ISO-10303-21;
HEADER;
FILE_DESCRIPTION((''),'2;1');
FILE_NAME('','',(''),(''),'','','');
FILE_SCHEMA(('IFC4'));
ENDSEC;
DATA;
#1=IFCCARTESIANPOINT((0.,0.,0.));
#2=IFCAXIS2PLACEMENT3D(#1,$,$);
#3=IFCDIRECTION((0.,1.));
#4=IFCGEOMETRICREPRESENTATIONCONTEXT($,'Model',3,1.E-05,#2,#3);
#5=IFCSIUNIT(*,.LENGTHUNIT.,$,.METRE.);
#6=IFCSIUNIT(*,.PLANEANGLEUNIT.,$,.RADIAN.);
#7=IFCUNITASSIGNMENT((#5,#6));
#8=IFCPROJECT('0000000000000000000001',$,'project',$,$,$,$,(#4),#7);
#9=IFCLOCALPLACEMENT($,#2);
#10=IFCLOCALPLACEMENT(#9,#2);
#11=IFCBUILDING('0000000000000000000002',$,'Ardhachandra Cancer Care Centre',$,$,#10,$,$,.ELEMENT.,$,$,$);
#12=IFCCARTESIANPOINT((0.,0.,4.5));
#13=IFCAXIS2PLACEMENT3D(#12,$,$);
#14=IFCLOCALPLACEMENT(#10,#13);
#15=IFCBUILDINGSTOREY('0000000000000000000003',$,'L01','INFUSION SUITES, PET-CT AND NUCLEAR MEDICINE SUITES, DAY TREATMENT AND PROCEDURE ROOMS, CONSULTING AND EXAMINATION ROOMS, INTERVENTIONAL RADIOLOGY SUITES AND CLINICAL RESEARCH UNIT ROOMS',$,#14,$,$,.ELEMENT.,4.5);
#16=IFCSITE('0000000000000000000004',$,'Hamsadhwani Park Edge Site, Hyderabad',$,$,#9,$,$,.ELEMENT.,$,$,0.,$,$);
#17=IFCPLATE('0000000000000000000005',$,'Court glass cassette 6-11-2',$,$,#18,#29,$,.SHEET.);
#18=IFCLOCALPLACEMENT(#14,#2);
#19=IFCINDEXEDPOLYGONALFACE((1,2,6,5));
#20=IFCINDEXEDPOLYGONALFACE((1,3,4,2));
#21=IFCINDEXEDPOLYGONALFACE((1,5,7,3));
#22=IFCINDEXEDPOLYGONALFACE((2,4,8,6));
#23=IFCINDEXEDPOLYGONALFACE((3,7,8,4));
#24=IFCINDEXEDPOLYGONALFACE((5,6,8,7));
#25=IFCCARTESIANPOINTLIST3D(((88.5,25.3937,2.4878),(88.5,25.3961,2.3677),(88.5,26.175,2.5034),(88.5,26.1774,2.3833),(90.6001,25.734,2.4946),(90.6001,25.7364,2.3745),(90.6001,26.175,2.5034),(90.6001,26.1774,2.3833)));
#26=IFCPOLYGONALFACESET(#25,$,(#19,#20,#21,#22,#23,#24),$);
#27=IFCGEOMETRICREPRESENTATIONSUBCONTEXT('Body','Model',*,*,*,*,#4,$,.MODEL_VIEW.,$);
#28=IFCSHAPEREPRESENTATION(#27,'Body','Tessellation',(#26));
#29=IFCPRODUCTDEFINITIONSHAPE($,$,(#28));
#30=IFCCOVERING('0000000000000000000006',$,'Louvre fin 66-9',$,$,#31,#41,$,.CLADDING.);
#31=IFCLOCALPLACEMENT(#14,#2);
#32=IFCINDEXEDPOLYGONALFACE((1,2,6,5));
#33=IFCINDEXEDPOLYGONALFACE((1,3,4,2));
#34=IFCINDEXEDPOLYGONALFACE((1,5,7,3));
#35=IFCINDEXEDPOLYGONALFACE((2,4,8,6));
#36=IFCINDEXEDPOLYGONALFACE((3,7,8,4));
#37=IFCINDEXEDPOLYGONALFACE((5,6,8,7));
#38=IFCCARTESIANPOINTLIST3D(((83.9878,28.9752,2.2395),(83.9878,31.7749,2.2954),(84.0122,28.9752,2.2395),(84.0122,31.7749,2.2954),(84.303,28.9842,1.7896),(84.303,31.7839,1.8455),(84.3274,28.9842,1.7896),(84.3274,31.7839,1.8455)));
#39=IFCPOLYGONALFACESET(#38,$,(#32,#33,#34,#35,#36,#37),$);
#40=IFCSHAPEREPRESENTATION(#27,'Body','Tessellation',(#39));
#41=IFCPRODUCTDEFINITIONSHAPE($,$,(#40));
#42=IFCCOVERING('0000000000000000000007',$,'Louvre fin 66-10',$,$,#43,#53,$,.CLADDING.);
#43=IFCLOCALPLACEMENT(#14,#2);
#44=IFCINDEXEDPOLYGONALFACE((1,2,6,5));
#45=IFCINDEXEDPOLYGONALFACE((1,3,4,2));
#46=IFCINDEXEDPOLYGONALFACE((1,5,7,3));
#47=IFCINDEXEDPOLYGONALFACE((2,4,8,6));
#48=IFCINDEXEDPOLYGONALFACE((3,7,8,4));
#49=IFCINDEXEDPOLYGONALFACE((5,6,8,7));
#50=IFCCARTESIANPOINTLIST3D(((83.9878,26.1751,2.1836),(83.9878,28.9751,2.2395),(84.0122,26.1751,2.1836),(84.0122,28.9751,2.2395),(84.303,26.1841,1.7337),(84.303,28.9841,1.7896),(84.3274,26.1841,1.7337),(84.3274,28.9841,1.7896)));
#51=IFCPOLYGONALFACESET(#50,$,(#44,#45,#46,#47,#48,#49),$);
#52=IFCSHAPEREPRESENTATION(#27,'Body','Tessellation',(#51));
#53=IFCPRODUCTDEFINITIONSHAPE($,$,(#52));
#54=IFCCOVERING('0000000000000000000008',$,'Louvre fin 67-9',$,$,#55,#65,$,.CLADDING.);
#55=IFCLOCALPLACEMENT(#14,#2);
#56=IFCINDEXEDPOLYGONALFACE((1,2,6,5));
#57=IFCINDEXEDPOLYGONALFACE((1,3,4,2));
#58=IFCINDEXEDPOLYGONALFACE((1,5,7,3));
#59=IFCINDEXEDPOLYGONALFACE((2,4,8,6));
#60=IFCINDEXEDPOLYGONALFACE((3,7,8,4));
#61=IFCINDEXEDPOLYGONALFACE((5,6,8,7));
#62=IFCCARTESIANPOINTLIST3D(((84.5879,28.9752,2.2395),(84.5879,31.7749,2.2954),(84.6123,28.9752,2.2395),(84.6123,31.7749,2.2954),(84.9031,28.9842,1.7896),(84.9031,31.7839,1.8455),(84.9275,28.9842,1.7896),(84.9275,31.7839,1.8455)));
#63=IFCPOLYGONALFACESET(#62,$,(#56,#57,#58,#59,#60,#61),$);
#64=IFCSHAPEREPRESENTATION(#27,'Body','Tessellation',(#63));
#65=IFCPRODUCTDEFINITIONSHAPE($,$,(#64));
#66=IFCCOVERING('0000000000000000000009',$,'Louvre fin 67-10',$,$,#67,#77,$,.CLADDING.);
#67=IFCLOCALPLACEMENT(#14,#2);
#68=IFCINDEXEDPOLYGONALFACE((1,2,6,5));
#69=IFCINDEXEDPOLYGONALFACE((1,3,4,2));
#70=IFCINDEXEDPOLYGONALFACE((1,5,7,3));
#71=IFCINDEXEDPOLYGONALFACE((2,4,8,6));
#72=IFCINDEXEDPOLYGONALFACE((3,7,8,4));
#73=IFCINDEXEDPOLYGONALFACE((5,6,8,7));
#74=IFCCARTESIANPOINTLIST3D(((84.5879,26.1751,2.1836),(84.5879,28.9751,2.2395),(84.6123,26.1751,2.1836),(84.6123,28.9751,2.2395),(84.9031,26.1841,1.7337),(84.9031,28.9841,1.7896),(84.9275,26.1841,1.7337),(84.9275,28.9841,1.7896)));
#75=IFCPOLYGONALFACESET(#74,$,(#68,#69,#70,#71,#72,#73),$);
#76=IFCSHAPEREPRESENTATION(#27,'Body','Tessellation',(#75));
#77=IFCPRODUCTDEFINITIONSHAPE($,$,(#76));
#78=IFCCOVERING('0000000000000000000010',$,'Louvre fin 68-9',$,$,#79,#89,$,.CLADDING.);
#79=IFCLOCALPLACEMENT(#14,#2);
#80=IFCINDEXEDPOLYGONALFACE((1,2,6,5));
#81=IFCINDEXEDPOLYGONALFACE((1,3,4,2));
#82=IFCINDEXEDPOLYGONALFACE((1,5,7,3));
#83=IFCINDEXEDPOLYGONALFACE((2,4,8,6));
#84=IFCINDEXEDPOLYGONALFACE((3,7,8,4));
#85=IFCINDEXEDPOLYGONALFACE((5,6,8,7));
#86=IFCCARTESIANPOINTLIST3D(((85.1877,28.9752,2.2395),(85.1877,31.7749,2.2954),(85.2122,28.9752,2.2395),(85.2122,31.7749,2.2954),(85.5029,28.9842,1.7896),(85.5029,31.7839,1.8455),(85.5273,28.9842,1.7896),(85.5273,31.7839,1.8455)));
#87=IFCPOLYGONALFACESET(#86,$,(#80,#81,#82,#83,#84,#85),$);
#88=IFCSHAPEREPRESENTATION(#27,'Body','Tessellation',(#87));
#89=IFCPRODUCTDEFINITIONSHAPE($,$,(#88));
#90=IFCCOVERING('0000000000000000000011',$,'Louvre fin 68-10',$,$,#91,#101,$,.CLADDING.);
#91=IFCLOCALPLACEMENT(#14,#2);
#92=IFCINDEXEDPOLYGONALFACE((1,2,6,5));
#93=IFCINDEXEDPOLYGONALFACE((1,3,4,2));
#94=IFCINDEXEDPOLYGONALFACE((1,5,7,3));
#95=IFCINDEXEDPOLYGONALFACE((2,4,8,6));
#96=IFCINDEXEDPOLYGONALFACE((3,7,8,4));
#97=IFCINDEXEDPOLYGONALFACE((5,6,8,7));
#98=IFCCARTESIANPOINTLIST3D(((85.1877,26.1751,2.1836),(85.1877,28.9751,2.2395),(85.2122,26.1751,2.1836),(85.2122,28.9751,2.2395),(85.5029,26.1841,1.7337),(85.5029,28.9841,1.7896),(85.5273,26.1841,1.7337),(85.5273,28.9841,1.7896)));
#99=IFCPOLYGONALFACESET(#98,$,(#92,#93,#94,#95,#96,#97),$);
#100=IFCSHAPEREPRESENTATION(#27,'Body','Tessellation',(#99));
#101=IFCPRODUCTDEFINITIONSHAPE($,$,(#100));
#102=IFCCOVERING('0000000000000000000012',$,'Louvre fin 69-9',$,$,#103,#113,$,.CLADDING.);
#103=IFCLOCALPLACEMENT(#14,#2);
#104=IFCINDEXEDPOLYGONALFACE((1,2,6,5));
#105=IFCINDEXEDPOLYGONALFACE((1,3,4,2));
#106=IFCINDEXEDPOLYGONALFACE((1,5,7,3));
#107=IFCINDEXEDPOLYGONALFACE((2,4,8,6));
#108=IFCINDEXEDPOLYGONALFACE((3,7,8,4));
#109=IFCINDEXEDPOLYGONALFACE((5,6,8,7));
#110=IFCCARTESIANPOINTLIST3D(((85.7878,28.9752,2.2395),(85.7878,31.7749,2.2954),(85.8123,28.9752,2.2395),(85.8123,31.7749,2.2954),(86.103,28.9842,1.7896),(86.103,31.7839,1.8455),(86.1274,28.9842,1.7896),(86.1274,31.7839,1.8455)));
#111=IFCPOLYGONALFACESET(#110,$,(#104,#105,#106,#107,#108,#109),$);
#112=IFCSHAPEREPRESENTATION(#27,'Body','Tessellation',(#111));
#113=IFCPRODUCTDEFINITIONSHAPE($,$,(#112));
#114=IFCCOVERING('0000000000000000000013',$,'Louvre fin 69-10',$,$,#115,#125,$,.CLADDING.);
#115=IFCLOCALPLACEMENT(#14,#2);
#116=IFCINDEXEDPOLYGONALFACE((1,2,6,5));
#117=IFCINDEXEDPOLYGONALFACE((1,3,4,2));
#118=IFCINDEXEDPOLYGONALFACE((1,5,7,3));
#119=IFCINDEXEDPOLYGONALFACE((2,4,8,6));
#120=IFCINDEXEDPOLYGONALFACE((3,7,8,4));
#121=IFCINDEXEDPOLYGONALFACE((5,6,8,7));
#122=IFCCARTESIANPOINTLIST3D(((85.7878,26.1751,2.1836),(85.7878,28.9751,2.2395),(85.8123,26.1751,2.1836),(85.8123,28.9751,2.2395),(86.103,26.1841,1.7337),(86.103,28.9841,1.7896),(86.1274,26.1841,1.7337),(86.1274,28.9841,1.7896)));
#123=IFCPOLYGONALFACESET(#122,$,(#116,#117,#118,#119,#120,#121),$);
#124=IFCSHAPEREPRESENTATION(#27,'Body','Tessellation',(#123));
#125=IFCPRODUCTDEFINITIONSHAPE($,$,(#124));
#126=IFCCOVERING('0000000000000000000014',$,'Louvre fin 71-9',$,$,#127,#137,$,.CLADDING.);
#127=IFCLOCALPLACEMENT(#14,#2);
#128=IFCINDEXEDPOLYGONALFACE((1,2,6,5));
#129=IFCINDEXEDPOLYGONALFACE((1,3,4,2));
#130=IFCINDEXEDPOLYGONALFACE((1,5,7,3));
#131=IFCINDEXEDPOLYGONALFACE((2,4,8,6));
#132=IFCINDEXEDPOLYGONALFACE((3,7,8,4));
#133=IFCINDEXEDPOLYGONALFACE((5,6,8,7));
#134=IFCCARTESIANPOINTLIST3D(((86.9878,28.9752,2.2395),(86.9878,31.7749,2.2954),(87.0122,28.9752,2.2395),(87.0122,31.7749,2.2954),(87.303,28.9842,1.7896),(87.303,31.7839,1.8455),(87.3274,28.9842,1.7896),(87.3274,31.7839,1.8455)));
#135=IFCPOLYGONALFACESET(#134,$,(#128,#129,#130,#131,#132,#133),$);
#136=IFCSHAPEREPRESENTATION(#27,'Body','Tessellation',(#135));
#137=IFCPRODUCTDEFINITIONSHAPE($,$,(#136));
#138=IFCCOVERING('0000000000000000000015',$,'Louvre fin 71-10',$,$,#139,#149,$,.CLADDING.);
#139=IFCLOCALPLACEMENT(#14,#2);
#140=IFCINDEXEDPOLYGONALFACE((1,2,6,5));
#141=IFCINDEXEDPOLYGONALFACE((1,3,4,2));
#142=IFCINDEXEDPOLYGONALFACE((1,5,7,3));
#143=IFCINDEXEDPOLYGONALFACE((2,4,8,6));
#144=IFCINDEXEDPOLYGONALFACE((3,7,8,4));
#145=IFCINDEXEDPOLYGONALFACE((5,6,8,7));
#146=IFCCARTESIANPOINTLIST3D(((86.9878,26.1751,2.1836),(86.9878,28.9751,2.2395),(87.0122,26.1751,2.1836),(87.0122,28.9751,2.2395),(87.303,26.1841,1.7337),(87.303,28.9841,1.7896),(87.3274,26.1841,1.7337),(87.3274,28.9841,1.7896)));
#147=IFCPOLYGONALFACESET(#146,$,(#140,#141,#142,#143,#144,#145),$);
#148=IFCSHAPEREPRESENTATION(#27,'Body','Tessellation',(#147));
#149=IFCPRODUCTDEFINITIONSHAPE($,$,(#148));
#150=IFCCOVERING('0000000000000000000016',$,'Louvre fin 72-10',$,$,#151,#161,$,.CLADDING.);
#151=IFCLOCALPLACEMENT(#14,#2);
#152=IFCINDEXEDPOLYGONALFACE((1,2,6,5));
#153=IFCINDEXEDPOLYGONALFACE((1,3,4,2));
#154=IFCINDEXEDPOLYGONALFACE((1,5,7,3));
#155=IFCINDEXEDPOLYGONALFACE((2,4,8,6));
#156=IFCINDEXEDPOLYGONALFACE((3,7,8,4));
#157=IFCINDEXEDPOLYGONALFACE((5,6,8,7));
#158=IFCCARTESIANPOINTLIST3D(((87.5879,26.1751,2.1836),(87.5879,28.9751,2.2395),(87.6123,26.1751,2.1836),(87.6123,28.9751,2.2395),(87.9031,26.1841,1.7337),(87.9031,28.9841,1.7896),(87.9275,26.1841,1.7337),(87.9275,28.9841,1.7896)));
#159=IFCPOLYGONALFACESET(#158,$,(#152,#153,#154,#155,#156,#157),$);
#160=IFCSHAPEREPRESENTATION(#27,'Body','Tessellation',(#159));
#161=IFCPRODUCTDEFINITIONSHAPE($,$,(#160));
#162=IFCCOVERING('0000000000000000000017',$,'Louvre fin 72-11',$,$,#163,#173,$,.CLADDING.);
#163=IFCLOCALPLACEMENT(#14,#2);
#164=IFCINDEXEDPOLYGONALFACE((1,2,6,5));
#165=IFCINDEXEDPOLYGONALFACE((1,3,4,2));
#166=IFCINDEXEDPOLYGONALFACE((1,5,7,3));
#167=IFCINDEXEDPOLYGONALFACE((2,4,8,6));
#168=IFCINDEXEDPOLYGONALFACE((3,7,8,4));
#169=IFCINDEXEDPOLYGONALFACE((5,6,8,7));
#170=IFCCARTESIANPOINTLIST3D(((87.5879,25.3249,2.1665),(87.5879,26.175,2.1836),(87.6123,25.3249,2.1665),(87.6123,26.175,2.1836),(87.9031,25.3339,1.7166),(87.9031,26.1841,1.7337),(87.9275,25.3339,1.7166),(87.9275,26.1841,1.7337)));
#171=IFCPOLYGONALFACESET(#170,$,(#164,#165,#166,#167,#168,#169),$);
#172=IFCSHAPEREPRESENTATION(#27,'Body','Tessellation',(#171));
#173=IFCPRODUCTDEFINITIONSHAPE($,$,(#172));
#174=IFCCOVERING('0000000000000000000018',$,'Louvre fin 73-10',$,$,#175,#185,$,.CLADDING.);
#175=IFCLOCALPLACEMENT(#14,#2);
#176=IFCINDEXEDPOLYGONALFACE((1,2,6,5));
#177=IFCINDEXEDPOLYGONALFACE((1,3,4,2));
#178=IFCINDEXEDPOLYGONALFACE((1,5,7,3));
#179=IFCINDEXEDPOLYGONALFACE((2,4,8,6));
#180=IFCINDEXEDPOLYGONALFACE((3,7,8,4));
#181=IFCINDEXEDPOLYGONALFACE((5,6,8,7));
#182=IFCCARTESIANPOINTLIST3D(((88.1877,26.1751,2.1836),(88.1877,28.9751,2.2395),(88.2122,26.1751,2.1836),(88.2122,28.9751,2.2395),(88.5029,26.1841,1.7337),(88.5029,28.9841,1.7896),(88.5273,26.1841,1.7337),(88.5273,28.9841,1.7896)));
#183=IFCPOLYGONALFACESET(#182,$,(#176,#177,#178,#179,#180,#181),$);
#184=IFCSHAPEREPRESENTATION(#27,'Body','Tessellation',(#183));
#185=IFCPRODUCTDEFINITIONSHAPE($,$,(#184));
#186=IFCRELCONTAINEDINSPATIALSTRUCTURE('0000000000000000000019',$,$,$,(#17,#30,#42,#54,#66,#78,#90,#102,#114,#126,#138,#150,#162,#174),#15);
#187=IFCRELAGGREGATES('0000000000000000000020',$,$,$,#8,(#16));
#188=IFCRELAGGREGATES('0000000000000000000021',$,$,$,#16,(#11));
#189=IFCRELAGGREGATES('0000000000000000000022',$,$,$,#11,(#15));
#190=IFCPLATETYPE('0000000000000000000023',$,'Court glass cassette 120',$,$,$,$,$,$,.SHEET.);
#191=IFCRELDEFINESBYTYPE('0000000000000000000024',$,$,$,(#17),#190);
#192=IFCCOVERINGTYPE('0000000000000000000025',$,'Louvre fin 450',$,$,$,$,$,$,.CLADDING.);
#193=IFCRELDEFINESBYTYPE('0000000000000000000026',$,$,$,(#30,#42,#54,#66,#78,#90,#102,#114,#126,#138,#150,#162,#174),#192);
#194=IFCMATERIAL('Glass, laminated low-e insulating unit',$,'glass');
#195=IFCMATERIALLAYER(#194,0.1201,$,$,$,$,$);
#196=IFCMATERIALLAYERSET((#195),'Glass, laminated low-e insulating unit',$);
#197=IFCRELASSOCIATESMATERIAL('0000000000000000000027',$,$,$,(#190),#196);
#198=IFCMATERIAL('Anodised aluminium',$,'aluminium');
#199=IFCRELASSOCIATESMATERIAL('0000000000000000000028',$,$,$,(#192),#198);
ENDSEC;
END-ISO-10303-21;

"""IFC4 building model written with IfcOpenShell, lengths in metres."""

from ifc_helpers import new_model, si_unit, direction, frame, origin, place, context, subcontext, project, spatial, polyline, outline, extrude, material, layer, layer_set, material_profile, profile_set, type_object, element, save


model = new_model("IFC4")

# Units and contexts
model_context = context("Model", 3, precision=1e-05, world=origin(), true_north=direction((0.0, 1.0)))
body_context = subcontext(model_context, "Body", "Model", "MODEL_VIEW")
ifc_project = project(units=[si_unit("LENGTHUNIT", "METRE"), si_unit("PLANEANGLEUNIT", "RADIAN")], contexts=[model_context])

# Site, building, storey
site_placement = place(None, origin())
site = spatial("IfcSite", under=ifc_project, at=site_placement, Name="Hamsadhwani Park Edge Site, Hyderabad", CompositionType="ELEMENT", RefElevation=0.0)
building_placement = place(site_placement, origin())
building = spatial("IfcBuilding", under=site, at=building_placement, Name="Ardhachandra Cancer Care Centre", CompositionType="ELEMENT")
storey_placement = place(building_placement, frame((0.0, 0.0, 4.5)))
storey = spatial("IfcBuildingStorey", under=building, at=storey_placement, Name="L01", Description="INFUSION SUITES, PET-CT AND NUCLEAR MEDICINE SUITES, DAY TREATMENT AND PROCEDURE ROOMS, CONSULTING AND EXAMINATION ROOMS, INTERVENTIONAL RADIOLOGY SUITES AND CLINICAL RESEARCH UNIT ROOMS", CompositionType="ELEMENT", Elevation=4.5)

# Plate
ifc_material_1 = material(Name="Glass, laminated low-e insulating unit", Category="glass")
ifc_layer = layer(ifc_material_1, 0.1201)
ifc_layer_set = layer_set([ifc_layer], Name="Glass, laminated low-e insulating unit")
plate_type = type_object("IfcPlateType", Name="Court glass cassette 120", PredefinedType="SHEET", material=ifc_layer_set)
plate_1_placement = place(storey_placement, frame((88.5, 26.175, 2.5034), z_axis=(-0.00001, -0.019968, 0.999801), x_axis=(1.0, 0.0, 0.00001)))
element("IfcPlate", 1, at=plate_1_placement, inside=storey, type_object=plate_type, Name="Court glass cassette 6-11-2", PredefinedType="SHEET", context=body_context, shape_type="SweptSolid", body=[
    extrude(outline(polyline([(0.0, -0.7815), (2.1001, -0.4412), (2.1001, 0.0), (0.0, 0.0), (0.0, -0.7815)])), frame((0.0, 0.0, -0.1201)), (0.0, 0.0, 1.0), 0.1201),
])

# Coverings
ifc_material_2 = material(Name="Anodised aluminium", Category="aluminium")
ifc_material_profile_1 = material_profile(ifc_material_2, outline(polyline([(-0.0122, 0.0), (0.0122, 0.0), (0.3274, -0.45), (0.303, -0.45), (-0.0122, 0.0)])), Name="Louvre fin 450")
ifc_profile_set_1 = profile_set([ifc_material_profile_1], Name="Anodised aluminium")
covering_type = type_object("IfcCoveringType", Name="Louvre fin 450", PredefinedType="CLADDING", material=ifc_profile_set_1)
covering_1_placement = place(storey_placement, frame((84.0, 31.7749, 2.2954), z_axis=(0.0, -0.999801, -0.019965), x_axis=(1.0, 0.0, 0.0)))
element("IfcCovering", 2, at=covering_1_placement, inside=storey, type_object=covering_type, Name="Louvre fin 66-9", PredefinedType="CLADDING", context=body_context, shape_type="SweptSolid", body=[
    extrude(outline(polyline([(-0.0122, 0.0), (0.0122, 0.0), (0.3274, -0.45), (0.303, -0.45), (-0.0122, 0.0)])), origin(), (0.0, 0.0, 1.0), 2.8003),
])
covering_2_placement = place(storey_placement, frame((84.0, 28.9751, 2.2395), z_axis=(0.0, -0.999801, -0.019963), x_axis=(1.0, 0.0, 0.0)))
element("IfcCovering", 3, at=covering_2_placement, inside=storey, type_object=covering_type, Name="Louvre fin 66-10", PredefinedType="CLADDING", context=body_context, shape_type="SweptSolid", body=[
    extrude(outline(polyline([(-0.0122, 0.0), (0.0122, 0.0), (0.3274, -0.45), (0.303, -0.45), (-0.0122, 0.0)])), origin(), (0.0, 0.0, 1.0), 2.8005),
])
covering_3_placement = place(storey_placement, frame((84.6001, 31.7749, 2.2954), z_axis=(0.0, -0.999801, -0.019965), x_axis=(1.0, 0.0, 0.0)))
element("IfcCovering", 4, at=covering_3_placement, inside=storey, type_object=covering_type, Name="Louvre fin 67-9", PredefinedType="CLADDING", context=body_context, shape_type="SweptSolid", body=[
    extrude(outline(polyline([(-0.0122, 0.0), (0.0122, 0.0), (0.3274, -0.45), (0.303, -0.45), (-0.0122, 0.0)])), origin(), (0.0, 0.0, 1.0), 2.8003),
])
covering_4_placement = place(storey_placement, frame((84.6001, 28.9751, 2.2395), z_axis=(0.0, -0.999801, -0.019963), x_axis=(1.0, 0.0, 0.0)))
element("IfcCovering", 5, at=covering_4_placement, inside=storey, type_object=covering_type, Name="Louvre fin 67-10", PredefinedType="CLADDING", context=body_context, shape_type="SweptSolid", body=[
    extrude(outline(polyline([(-0.0122, 0.0), (0.0122, 0.0), (0.3274, -0.45), (0.303, -0.45), (-0.0122, 0.0)])), origin(), (0.0, 0.0, 1.0), 2.8005),
])
covering_5_placement = place(storey_placement, frame((85.2, 31.7749, 2.2954), z_axis=(0.0, -0.999801, -0.019965), x_axis=(1.0, 0.0, 0.0)))
element("IfcCovering", 6, at=covering_5_placement, inside=storey, type_object=covering_type, Name="Louvre fin 68-9", PredefinedType="CLADDING", context=body_context, shape_type="SweptSolid", body=[
    extrude(outline(polyline([(-0.0122, 0.0), (0.0122, 0.0), (0.3274, -0.45), (0.303, -0.45), (-0.0122, 0.0)])), origin(), (0.0, 0.0, 1.0), 2.8003),
])
covering_6_placement = place(storey_placement, frame((85.2, 28.9751, 2.2395), z_axis=(0.0, -0.999801, -0.019963), x_axis=(1.0, 0.0, 0.0)))
element("IfcCovering", 7, at=covering_6_placement, inside=storey, type_object=covering_type, Name="Louvre fin 68-10", PredefinedType="CLADDING", context=body_context, shape_type="SweptSolid", body=[
    extrude(outline(polyline([(-0.0122, 0.0), (0.0122, 0.0), (0.3274, -0.45), (0.303, -0.45), (-0.0122, 0.0)])), origin(), (0.0, 0.0, 1.0), 2.8005),
])
covering_7_placement = place(storey_placement, frame((85.8, 31.7749, 2.2954), z_axis=(0.0, -0.999801, -0.019965), x_axis=(1.0, 0.0, 0.0)))
element("IfcCovering", 8, at=covering_7_placement, inside=storey, type_object=covering_type, Name="Louvre fin 69-9", PredefinedType="CLADDING", context=body_context, shape_type="SweptSolid", body=[
    extrude(outline(polyline([(-0.0122, 0.0), (0.0122, 0.0), (0.3274, -0.45), (0.303, -0.45), (-0.0122, 0.0)])), origin(), (0.0, 0.0, 1.0), 2.8003),
])
covering_8_placement = place(storey_placement, frame((85.8, 28.9751, 2.2395), z_axis=(0.0, -0.999801, -0.019963), x_axis=(1.0, 0.0, 0.0)))
element("IfcCovering", 9, at=covering_8_placement, inside=storey, type_object=covering_type, Name="Louvre fin 69-10", PredefinedType="CLADDING", context=body_context, shape_type="SweptSolid", body=[
    extrude(outline(polyline([(-0.0122, 0.0), (0.0122, 0.0), (0.3274, -0.45), (0.303, -0.45), (-0.0122, 0.0)])), origin(), (0.0, 0.0, 1.0), 2.8005),
])
covering_9_placement = place(storey_placement, frame((87.0, 31.7749, 2.2954), z_axis=(0.0, -0.999801, -0.019965), x_axis=(1.0, 0.0, 0.0)))
element("IfcCovering", 10, at=covering_9_placement, inside=storey, type_object=covering_type, Name="Louvre fin 71-9", PredefinedType="CLADDING", context=body_context, shape_type="SweptSolid", body=[
    extrude(outline(polyline([(-0.0122, 0.0), (0.0122, 0.0), (0.3274, -0.45), (0.303, -0.45), (-0.0122, 0.0)])), origin(), (0.0, 0.0, 1.0), 2.8003),
])
for number, where, z_axis, x_axis, name in (
    (11, (87.0, 28.9751, 2.2395), (0.0, -0.999801, -0.019963), (1.0, 0.0, 0.0), "Louvre fin 71-10"),
    (12, (87.6001, 28.9751, 2.2395), (0.0, -0.999801, -0.019963), (1.0, 0.0, 0.0), "Louvre fin 72-10"),
):
    element("IfcCovering", number, at=place(storey_placement, frame(where, z_axis=z_axis, x_axis=x_axis)), inside=storey, type_object=covering_type, Name=name, PredefinedType="CLADDING", context=body_context, shape_type="SweptSolid", body=[
        extrude(outline(polyline([(-0.0122, 0.0), (0.0122, 0.0), (0.3274, -0.45), (0.303, -0.45), (-0.0122, 0.0)])), origin(), (0.0, 0.0, 1.0), 2.8005),
    ])
covering_10_placement = place(storey_placement, frame((87.6001, 26.175, 2.1836), z_axis=(0.0, -0.999798, -0.020099), x_axis=(1.0, 0.0, 0.0)))
element("IfcCovering", 13, at=covering_10_placement, inside=storey, type_object=covering_type, Name="Louvre fin 72-11", PredefinedType="CLADDING", context=body_context, shape_type="SweptSolid", body=[
    extrude(outline(polyline([(-0.0122, 0.0), (0.0122, 0.0), (0.3274, -0.45), (0.303, -0.45), (-0.0122, 0.0)])), origin(), (0.0, 0.0, 1.0), 0.8503),
])
covering_11_placement = place(storey_placement, frame((88.2, 28.9751, 2.2395), z_axis=(0.0, -0.999801, -0.019963), x_axis=(1.0, 0.0, 0.0)))
element("IfcCovering", 14, at=covering_11_placement, inside=storey, type_object=covering_type, Name="Louvre fin 73-10", PredefinedType="CLADDING", context=body_context, shape_type="SweptSolid", body=[
    extrude(outline(polyline([(-0.0122, 0.0), (0.0122, 0.0), (0.3274, -0.45), (0.303, -0.45), (-0.0122, 0.0)])), origin(), (0.0, 0.0, 1.0), 2.8005),
])

save(model, "model.ifc")
